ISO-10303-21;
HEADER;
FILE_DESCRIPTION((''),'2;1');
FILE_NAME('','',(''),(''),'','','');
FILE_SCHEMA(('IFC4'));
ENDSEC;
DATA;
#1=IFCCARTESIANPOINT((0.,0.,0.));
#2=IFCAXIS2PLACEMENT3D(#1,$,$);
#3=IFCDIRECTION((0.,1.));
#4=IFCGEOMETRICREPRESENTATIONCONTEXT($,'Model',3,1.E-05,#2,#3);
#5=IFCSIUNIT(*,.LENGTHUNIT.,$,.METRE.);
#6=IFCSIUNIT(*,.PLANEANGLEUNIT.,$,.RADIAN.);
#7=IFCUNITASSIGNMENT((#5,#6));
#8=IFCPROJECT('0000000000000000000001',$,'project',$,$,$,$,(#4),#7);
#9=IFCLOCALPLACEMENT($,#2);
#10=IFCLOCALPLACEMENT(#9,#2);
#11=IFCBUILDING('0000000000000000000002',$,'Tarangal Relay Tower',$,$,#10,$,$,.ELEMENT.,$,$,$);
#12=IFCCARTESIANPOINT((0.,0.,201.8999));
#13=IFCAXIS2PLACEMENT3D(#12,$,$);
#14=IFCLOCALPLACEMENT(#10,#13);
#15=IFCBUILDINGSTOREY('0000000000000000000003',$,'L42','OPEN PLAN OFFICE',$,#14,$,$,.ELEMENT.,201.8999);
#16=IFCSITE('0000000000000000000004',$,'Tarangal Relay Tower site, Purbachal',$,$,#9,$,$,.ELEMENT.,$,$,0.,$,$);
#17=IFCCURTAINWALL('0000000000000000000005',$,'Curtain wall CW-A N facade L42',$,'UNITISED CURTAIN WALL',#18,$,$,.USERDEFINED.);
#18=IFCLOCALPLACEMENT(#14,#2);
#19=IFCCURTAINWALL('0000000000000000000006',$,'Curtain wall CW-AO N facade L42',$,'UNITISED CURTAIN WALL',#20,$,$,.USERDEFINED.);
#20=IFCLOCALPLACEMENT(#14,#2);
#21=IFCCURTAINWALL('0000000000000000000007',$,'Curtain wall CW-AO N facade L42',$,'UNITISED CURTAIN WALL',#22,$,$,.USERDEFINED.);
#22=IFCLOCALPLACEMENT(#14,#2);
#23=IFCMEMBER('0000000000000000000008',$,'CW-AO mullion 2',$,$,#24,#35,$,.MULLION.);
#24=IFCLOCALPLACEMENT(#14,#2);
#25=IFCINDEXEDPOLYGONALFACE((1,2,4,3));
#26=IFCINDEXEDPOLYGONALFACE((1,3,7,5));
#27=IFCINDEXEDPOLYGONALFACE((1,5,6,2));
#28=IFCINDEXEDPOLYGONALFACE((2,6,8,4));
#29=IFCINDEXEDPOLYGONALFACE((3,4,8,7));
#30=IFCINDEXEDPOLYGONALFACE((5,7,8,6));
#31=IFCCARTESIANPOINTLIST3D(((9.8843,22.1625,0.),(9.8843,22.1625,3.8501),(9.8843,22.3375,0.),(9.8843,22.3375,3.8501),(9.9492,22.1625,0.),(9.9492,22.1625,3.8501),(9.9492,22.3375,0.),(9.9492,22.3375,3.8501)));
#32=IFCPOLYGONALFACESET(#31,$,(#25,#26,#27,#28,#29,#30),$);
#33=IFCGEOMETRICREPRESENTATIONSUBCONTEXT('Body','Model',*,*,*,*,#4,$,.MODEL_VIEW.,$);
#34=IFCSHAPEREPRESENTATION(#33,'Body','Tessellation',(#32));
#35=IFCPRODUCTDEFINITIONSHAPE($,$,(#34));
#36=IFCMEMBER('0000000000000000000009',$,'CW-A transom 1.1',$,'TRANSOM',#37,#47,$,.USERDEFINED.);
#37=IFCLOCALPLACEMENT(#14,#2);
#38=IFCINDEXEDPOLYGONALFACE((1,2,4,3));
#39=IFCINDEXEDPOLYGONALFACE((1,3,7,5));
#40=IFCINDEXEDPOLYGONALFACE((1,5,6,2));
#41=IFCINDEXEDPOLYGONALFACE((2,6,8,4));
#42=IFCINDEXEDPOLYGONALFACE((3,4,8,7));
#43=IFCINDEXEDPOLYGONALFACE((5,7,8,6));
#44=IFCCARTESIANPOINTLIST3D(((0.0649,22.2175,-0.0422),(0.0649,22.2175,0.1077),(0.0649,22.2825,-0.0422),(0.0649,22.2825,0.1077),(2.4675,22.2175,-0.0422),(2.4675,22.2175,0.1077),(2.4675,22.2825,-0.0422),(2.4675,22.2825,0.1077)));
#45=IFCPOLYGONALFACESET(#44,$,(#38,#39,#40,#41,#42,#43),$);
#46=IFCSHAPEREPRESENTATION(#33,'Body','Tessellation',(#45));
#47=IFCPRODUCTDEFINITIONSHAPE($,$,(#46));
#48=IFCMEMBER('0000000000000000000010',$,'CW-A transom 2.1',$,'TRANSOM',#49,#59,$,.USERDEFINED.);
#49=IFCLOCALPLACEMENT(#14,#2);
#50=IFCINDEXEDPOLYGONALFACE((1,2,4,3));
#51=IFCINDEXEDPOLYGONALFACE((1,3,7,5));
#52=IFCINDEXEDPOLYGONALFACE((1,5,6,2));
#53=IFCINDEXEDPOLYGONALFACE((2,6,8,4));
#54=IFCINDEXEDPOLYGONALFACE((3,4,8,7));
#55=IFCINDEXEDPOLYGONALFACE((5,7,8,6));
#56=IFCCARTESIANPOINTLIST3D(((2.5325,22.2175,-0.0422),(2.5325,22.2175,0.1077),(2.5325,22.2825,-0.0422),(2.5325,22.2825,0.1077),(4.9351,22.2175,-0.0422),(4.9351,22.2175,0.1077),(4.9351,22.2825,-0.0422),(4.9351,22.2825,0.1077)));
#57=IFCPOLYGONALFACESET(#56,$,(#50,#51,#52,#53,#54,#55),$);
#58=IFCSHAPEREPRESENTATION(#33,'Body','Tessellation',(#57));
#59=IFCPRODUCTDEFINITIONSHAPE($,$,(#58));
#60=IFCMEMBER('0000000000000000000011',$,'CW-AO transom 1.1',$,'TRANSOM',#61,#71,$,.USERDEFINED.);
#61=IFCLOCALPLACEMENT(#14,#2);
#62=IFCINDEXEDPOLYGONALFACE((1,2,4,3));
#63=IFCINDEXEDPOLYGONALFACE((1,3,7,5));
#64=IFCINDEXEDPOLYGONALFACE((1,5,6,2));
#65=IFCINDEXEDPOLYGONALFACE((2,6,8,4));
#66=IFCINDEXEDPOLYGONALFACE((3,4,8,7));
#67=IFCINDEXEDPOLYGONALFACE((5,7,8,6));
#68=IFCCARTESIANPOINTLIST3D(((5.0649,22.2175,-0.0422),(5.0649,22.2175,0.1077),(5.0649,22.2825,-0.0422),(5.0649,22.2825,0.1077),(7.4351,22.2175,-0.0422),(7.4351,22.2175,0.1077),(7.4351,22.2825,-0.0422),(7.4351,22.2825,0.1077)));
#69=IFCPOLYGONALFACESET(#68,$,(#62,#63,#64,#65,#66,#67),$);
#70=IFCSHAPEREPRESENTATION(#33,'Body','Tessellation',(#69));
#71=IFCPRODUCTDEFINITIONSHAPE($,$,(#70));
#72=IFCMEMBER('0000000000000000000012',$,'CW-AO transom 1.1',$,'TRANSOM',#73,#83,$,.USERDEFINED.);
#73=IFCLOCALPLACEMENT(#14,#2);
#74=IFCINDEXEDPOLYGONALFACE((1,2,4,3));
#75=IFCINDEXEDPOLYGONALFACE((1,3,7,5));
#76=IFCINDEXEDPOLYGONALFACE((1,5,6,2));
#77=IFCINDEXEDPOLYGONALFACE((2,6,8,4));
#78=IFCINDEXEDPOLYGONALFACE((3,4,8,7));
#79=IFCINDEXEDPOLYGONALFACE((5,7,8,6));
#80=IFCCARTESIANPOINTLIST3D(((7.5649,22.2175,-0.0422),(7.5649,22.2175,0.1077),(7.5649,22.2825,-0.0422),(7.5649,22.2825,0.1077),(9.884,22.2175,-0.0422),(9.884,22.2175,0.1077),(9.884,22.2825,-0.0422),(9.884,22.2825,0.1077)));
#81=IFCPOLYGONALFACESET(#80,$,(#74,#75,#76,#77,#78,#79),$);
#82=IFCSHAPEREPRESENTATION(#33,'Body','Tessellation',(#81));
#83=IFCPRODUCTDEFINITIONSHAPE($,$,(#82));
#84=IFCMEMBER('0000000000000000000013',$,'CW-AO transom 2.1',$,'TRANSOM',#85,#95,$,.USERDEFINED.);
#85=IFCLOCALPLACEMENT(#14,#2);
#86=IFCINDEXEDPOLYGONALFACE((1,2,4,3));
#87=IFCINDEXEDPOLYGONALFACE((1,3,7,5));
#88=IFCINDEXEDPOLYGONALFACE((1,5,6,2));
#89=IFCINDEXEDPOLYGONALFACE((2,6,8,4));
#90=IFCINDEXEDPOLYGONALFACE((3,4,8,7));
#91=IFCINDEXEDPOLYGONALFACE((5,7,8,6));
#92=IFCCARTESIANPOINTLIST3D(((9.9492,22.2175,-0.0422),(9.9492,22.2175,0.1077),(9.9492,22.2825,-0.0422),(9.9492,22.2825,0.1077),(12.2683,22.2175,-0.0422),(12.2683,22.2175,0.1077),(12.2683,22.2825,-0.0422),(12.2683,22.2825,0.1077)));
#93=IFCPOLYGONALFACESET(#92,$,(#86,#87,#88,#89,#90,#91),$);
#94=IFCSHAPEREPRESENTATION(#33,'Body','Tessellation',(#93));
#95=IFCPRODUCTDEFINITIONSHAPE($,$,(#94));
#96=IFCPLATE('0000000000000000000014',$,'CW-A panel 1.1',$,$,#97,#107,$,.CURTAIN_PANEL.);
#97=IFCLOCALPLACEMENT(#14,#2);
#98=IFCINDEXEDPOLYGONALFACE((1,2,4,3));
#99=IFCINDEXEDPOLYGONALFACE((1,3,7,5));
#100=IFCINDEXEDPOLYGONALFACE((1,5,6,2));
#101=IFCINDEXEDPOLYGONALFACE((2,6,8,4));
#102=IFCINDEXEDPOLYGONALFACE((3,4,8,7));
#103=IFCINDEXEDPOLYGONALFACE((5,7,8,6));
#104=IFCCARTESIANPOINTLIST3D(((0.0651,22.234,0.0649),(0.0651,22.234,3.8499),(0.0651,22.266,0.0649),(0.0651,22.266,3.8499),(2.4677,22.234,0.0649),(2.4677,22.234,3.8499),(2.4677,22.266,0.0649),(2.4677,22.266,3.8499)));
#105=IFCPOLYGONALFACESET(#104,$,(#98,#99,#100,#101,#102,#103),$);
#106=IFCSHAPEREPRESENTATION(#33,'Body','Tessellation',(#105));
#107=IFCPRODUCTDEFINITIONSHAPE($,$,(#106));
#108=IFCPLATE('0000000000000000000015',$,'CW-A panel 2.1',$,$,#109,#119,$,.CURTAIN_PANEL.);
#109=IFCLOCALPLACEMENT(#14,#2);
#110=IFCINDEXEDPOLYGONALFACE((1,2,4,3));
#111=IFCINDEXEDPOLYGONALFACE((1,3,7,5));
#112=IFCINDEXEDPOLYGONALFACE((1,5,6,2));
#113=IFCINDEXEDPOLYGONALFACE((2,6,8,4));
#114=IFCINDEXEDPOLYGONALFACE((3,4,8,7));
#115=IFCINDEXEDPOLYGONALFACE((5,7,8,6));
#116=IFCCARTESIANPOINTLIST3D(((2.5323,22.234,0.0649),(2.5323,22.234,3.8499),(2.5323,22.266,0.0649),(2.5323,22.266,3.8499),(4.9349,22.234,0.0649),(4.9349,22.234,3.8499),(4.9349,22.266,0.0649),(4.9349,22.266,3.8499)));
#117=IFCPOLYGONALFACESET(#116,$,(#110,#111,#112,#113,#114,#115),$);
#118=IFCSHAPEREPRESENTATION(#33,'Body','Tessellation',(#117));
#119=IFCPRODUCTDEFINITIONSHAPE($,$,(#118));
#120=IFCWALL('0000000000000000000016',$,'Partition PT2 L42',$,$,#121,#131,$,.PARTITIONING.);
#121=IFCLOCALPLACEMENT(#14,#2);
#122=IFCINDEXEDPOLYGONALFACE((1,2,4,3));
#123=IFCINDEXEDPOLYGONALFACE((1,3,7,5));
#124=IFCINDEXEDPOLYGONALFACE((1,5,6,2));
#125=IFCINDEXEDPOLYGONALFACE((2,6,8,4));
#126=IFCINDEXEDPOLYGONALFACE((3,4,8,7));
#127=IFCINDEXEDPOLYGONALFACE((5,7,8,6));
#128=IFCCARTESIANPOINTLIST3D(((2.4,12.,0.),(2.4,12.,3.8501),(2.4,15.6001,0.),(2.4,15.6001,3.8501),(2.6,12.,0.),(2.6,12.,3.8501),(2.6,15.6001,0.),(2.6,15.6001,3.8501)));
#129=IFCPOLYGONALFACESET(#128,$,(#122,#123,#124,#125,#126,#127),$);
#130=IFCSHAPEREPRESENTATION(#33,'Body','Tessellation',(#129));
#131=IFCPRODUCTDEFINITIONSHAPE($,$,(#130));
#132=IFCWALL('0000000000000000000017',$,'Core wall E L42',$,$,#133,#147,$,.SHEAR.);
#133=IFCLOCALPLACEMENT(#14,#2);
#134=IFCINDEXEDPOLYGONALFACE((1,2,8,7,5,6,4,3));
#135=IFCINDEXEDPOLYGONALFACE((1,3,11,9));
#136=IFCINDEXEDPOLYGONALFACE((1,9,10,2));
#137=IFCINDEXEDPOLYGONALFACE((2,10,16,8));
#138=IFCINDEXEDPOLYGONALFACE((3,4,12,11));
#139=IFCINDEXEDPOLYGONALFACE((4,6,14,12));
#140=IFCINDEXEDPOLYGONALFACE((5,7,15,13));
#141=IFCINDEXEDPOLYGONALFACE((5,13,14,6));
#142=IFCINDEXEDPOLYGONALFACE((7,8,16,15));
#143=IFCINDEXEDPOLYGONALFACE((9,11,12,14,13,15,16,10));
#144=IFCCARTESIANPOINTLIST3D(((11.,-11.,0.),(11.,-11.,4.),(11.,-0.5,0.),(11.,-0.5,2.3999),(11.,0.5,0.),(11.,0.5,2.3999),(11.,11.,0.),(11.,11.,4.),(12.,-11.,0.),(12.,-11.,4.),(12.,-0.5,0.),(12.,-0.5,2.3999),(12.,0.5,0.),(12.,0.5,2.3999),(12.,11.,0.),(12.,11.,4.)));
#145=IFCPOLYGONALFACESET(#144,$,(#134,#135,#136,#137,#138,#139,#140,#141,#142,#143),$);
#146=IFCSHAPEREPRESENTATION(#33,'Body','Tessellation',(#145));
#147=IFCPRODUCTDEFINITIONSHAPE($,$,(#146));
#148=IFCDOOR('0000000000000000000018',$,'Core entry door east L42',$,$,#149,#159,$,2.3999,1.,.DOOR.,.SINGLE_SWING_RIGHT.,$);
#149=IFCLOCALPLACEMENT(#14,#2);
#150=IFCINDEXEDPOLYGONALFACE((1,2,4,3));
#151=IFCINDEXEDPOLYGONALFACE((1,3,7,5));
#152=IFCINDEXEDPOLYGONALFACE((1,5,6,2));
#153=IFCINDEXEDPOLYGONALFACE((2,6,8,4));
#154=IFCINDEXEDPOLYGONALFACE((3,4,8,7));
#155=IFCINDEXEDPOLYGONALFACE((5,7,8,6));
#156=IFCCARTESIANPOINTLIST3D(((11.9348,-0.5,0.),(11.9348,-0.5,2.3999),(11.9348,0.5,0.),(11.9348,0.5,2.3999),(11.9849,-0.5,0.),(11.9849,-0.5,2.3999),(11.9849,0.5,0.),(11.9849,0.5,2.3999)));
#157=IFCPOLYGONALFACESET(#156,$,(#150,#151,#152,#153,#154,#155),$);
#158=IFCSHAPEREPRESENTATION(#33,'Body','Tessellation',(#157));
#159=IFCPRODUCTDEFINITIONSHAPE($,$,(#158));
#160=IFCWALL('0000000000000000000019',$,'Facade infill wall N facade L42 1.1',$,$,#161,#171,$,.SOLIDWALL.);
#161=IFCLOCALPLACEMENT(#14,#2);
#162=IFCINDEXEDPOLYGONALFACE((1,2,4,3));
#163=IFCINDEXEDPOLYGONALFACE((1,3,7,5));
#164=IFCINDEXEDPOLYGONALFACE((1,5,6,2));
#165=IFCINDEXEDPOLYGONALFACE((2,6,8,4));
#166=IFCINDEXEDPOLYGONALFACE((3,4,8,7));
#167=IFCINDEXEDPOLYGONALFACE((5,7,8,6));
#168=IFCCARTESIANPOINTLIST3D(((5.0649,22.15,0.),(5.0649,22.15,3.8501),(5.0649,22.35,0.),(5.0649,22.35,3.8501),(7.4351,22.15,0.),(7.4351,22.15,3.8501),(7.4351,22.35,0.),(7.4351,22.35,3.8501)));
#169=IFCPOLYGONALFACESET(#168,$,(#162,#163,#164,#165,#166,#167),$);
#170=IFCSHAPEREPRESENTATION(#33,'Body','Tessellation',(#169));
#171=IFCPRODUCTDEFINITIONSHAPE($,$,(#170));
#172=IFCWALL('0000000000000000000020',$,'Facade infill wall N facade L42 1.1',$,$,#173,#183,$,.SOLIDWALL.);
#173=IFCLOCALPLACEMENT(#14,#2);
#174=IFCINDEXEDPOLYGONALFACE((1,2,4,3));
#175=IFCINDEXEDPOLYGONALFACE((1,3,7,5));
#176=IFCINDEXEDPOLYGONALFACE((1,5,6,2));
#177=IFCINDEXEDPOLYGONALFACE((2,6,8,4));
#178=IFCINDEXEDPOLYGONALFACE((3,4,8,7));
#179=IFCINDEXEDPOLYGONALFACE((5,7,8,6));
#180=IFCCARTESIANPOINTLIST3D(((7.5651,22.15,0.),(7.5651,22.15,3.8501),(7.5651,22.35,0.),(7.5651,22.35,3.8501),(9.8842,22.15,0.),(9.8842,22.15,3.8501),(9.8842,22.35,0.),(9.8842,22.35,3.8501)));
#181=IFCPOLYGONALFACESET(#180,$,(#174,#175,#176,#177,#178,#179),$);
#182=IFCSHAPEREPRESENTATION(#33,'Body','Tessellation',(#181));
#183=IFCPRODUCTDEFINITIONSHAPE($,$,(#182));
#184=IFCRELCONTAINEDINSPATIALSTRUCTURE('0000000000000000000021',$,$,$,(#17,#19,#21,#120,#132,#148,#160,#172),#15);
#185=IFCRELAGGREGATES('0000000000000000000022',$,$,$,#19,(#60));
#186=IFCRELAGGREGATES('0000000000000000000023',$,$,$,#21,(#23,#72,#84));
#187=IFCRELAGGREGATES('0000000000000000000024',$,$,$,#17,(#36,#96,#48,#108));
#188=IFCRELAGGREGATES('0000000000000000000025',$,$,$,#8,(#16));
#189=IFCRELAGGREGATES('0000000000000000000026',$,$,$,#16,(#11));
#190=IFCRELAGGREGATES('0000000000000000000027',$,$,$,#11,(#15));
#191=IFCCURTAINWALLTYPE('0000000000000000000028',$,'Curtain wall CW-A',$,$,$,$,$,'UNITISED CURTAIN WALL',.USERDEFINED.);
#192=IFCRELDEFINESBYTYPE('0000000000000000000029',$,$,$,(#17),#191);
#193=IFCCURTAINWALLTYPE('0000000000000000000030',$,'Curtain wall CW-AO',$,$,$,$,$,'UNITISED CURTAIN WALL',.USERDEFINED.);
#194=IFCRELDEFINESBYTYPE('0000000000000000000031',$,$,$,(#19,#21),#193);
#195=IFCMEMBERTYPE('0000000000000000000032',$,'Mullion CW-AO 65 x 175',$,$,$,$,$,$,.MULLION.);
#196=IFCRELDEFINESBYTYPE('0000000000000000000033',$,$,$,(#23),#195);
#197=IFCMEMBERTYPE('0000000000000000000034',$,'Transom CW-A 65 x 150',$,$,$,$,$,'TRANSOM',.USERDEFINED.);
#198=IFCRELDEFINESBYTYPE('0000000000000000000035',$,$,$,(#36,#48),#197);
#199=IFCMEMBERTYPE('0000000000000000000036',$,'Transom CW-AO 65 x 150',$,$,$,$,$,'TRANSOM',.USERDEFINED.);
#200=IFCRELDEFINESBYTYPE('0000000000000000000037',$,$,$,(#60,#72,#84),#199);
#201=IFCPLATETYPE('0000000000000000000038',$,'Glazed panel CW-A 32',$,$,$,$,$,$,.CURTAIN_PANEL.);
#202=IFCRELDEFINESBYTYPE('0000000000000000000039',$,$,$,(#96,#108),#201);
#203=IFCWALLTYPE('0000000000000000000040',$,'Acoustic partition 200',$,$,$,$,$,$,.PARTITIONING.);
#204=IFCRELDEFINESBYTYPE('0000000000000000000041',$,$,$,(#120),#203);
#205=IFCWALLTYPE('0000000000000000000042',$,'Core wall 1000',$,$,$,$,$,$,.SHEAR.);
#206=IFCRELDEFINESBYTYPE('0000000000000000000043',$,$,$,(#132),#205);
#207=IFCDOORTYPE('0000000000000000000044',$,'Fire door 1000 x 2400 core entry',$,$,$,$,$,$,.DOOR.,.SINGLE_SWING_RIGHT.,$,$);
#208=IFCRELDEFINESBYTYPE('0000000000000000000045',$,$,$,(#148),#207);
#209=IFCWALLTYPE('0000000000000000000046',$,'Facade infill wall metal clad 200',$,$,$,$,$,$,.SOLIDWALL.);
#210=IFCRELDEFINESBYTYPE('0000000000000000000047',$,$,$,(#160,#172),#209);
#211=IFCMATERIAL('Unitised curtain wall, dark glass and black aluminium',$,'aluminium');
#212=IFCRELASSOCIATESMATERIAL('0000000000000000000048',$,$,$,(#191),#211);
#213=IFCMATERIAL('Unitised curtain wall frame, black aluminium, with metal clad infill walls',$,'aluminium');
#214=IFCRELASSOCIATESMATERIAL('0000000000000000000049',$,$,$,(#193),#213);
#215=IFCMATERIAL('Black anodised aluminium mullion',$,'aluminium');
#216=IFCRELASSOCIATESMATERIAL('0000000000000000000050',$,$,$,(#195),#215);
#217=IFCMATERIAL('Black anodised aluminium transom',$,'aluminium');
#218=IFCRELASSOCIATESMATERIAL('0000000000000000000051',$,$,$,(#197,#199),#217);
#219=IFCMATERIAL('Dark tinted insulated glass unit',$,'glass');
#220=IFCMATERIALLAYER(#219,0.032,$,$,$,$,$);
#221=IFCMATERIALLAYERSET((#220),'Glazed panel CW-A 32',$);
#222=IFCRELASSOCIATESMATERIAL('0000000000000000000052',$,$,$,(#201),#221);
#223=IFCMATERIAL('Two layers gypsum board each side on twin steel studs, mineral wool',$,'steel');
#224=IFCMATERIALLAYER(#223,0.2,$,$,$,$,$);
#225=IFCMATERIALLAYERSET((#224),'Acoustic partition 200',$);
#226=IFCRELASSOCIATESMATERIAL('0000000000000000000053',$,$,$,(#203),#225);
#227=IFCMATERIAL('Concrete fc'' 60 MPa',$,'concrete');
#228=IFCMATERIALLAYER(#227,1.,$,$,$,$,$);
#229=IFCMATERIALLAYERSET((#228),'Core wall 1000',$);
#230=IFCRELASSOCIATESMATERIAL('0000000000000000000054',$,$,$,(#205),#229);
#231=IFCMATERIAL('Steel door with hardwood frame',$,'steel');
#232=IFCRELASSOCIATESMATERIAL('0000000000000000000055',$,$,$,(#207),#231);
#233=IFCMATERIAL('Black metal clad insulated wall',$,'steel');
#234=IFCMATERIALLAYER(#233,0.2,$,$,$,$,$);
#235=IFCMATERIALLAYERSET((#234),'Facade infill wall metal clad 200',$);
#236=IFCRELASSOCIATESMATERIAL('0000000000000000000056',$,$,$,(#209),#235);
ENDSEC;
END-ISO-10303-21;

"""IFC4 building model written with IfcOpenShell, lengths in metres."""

from ifc_helpers import new_model, si_unit, direction, frame, frame_2d, origin, origin_2d, place, context, subcontext, project, spatial, rectangle, extrude, material, layer, layer_set, material_profile, profile_set, type_object, element, fill, aggregate, save


model = new_model("IFC4")

# Units and contexts
model_context = context("Model", 3, precision=1e-05, world=origin(), true_north=direction((0.0, 1.0)))
body_context = subcontext(model_context, "Body", "Model", "MODEL_VIEW")
ifc_project = project(units=[si_unit("LENGTHUNIT", "METRE"), si_unit("PLANEANGLEUNIT", "RADIAN")], contexts=[model_context])

# Site, building, storey
site_placement = place(None, origin())
site = spatial("IfcSite", under=ifc_project, at=site_placement, Name="Tarangal Relay Tower site, Purbachal", CompositionType="ELEMENT", RefElevation=0.0)
building_placement = place(site_placement, origin())
building = spatial("IfcBuilding", under=site, at=building_placement, Name="Tarangal Relay Tower", CompositionType="ELEMENT")
storey_placement = place(building_placement, frame((0.0, 0.0, 201.8999)))
storey = spatial("IfcBuildingStorey", under=building, at=storey_placement, Name="L42", Description="OPEN PLAN OFFICE", CompositionType="ELEMENT", Elevation=201.8999)

# Curtain walls, member
ifc_material_1 = material(Name="Unitised curtain wall, dark glass and black aluminium", Category="aluminium")
curtain_wall_type_1 = type_object("IfcCurtainWallType", Name="Curtain wall CW-A", ElementType="UNITISED CURTAIN WALL", PredefinedType="USERDEFINED", material=ifc_material_1)
curtain_wall_1_placement = place(storey_placement, origin())
curtain_wall_1 = element("IfcCurtainWall", 1, at=curtain_wall_1_placement, inside=storey, type_object=curtain_wall_type_1, Name="Curtain wall CW-A N facade L42", ObjectType="UNITISED CURTAIN WALL", PredefinedType="USERDEFINED")
ifc_material_2 = material(Name="Black anodised aluminium mullion", Category="aluminium")
ifc_material_3 = material(Name="Unitised curtain wall frame, black aluminium, with metal clad infill walls", Category="aluminium")
curtain_wall_type_2 = type_object("IfcCurtainWallType", Name="Curtain wall CW-AO", ElementType="UNITISED CURTAIN WALL", PredefinedType="USERDEFINED", material=ifc_material_3)
curtain_wall_2_placement = place(storey_placement, origin())
curtain_wall_2 = element("IfcCurtainWall", 2, at=curtain_wall_2_placement, inside=storey, type_object=curtain_wall_type_2, Name="Curtain wall CW-AO N facade L42", ObjectType="UNITISED CURTAIN WALL", PredefinedType="USERDEFINED")
ifc_material_profile_1 = material_profile(ifc_material_2, rectangle(XDim=0.175, YDim=0.0649, at=origin_2d()), Name="CW-AOM 65X175")
ifc_profile_set_1 = profile_set([ifc_material_profile_1], Name="Black anodised aluminium mullion")
member_type_1 = type_object("IfcMemberType", Name="Mullion CW-AO 65 x 175", PredefinedType="MULLION", material=ifc_profile_set_1)
curtain_wall_3_placement = place(storey_placement, origin())
curtain_wall_3 = element("IfcCurtainWall", 3, at=curtain_wall_3_placement, inside=storey, type_object=curtain_wall_type_2, Name="Curtain wall CW-AO N facade L42", ObjectType="UNITISED CURTAIN WALL", PredefinedType="USERDEFINED")
member_1_placement = place(storey_placement, frame((9.9167, 22.25, 0.0), z_axis=(0.0, 0.0, 1.0), x_axis=(0.0, 1.0, 0.0)))
member_1 = element("IfcMember", 4, at=member_1_placement, type_object=member_type_1, Name="CW-AO mullion 2", PredefinedType="MULLION", context=body_context, shape_type="SweptSolid", body=[
    extrude(rectangle(XDim=0.175, YDim=0.0649, at=origin_2d()), origin(), (0.0, 0.0, 1.0), 3.8501),
])

# Members
ifc_material_4 = material(Name="Black anodised aluminium transom", Category="aluminium")
ifc_material_profile_2 = material_profile(ifc_material_4, rectangle(XDim=0.0649, YDim=0.1499, at=origin_2d()), Name="CW-AT 65X150")
ifc_profile_set_2 = profile_set([ifc_material_profile_2], Name="Black anodised aluminium transom")
member_type_2 = type_object("IfcMemberType", Name="Transom CW-A 65 x 150", ElementType="TRANSOM", PredefinedType="USERDEFINED", material=ifc_profile_set_2)
member_2_placement = place(storey_placement, frame((0.0649, 22.25, 0.0327), z_axis=(1.0, 0.0, 0.0), x_axis=(0.0, 1.0, 0.0)))
member_2 = element("IfcMember", 5, at=member_2_placement, type_object=member_type_2, Name="CW-A transom 1.1", ObjectType="TRANSOM", PredefinedType="USERDEFINED", context=body_context, shape_type="SweptSolid", body=[
    extrude(rectangle(XDim=0.0649, YDim=0.1499, at=origin_2d()), origin(), (0.0, 0.0, 1.0), 2.4026),
])
member_3_placement = place(storey_placement, frame((2.5325, 22.25, 0.0327), z_axis=(1.0, 0.0, 0.0), x_axis=(0.0, 1.0, 0.0)))
member_3 = element("IfcMember", 6, at=member_3_placement, type_object=member_type_2, Name="CW-A transom 2.1", ObjectType="TRANSOM", PredefinedType="USERDEFINED", context=body_context, shape_type="SweptSolid", body=[
    extrude(rectangle(XDim=0.0649, YDim=0.1499, at=origin_2d()), origin(), (0.0, 0.0, 1.0), 2.4026),
])
ifc_material_profile_3 = material_profile(ifc_material_4, rectangle(XDim=0.0649, YDim=0.1499, at=origin_2d()), Name="CW-AOT 65X150")
ifc_profile_set_3 = profile_set([ifc_material_profile_3], Name="Black anodised aluminium transom")
member_type_3 = type_object("IfcMemberType", Name="Transom CW-AO 65 x 150", ElementType="TRANSOM", PredefinedType="USERDEFINED", material=ifc_profile_set_3)
member_4_placement = place(storey_placement, frame((5.0649, 22.25, 0.0327), z_axis=(1.0, 0.0, 0.0), x_axis=(0.0, 1.0, 0.0)))
member_4 = element("IfcMember", 7, at=member_4_placement, type_object=member_type_3, Name="CW-AO transom 1.1", ObjectType="TRANSOM", PredefinedType="USERDEFINED", context=body_context, shape_type="SweptSolid", body=[
    extrude(rectangle(XDim=0.0649, YDim=0.1499, at=origin_2d()), origin(), (0.0, 0.0, 1.0), 2.3701),
])
aggregate(curtain_wall_2, [member_4])
member_5_placement = place(storey_placement, frame((7.5649, 22.25, 0.0327), z_axis=(1.0, 0.0, 0.0), x_axis=(0.0, 1.0, 0.0)))
member_5 = element("IfcMember", 8, at=member_5_placement, type_object=member_type_3, Name="CW-AO transom 1.1", ObjectType="TRANSOM", PredefinedType="USERDEFINED", context=body_context, shape_type="SweptSolid", body=[
    extrude(rectangle(XDim=0.0649, YDim=0.1499, at=origin_2d()), origin(), (0.0, 0.0, 1.0), 2.3191),
])
member_6_placement = place(storey_placement, frame((9.9492, 22.25, 0.0327), z_axis=(1.0, 0.0, 0.0), x_axis=(0.0, 1.0, 0.0)))
member_6 = element("IfcMember", 9, at=member_6_placement, type_object=member_type_3, Name="CW-AO transom 2.1", ObjectType="TRANSOM", PredefinedType="USERDEFINED", context=body_context, shape_type="SweptSolid", body=[
    extrude(rectangle(XDim=0.0649, YDim=0.1499, at=origin_2d()), origin(), (0.0, 0.0, 1.0), 2.3191),
])
aggregate(curtain_wall_3, [member_1, member_5, member_6])

# Plates
ifc_material_5 = material(Name="Dark tinted insulated glass unit", Category="glass")
ifc_layer_1 = layer(ifc_material_5, 0.032)
ifc_layer_set_1 = layer_set([ifc_layer_1], Name="Glazed panel CW-A 32")
plate_type = type_object("IfcPlateType", Name="Glazed panel CW-A 32", PredefinedType="CURTAIN_PANEL", material=ifc_layer_set_1)
plate_1_placement = place(storey_placement, frame((1.2664, 22.25, 0.0649), z_axis=(0.0, 0.0, 1.0), x_axis=(1.0, 0.0, 0.0)))
plate_1 = element("IfcPlate", 10, at=plate_1_placement, type_object=plate_type, Name="CW-A panel 1.1", PredefinedType="CURTAIN_PANEL", context=body_context, shape_type="SweptSolid", body=[
    extrude(rectangle(XDim=2.4026, YDim=0.032, at=origin_2d()), origin(), (0.0, 0.0, 1.0), 3.7849),
])
plate_2_placement = place(storey_placement, frame((3.7336, 22.25, 0.0649), z_axis=(0.0, 0.0, 1.0), x_axis=(1.0, 0.0, 0.0)))
plate_2 = element("IfcPlate", 11, at=plate_2_placement, type_object=plate_type, Name="CW-A panel 2.1", PredefinedType="CURTAIN_PANEL", context=body_context, shape_type="SweptSolid", body=[
    extrude(rectangle(XDim=2.4026, YDim=0.032, at=origin_2d()), origin(), (0.0, 0.0, 1.0), 3.7849),
])
aggregate(curtain_wall_1, [member_2, plate_1, member_3, plate_2])

# Wall
ifc_material_6 = material(Name="Two layers gypsum board each side on twin steel studs, mineral wool", Category="steel")
ifc_layer_2 = layer(ifc_material_6, 0.2)
ifc_layer_set_2 = layer_set([ifc_layer_2], Name="Acoustic partition 200")
wall_type_1 = type_object("IfcWallType", Name="Acoustic partition 200", PredefinedType="PARTITIONING", material=ifc_layer_set_2)
wall_1_placement = place(storey_placement, frame((2.5, 12.0, 0.0), z_axis=(0.0, 0.0, 1.0), x_axis=(0.0, 1.0, 0.0)))
element("IfcWall", 12, at=wall_1_placement, inside=storey, type_object=wall_type_1, Name="Partition PT2 L42", PredefinedType="PARTITIONING", context=body_context, shape_type="SweptSolid", body=[
    extrude(rectangle(XDim=3.6001, YDim=0.2, at=frame_2d((1.8, 0.0))), origin(), (0.0, 0.0, 1.0), 3.8501),
])

# Wall, opening, door
ifc_material_7 = material(Name="Concrete fc' 60 MPa", Category="concrete")
ifc_layer_3 = layer(ifc_material_7, 1.0)
ifc_layer_set_3 = layer_set([ifc_layer_3], Name="Core wall 1000")
wall_type_2 = type_object("IfcWallType", Name="Core wall 1000", PredefinedType="SHEAR", material=ifc_layer_set_3)
wall_2_placement = place(storey_placement, frame((11.5, 11.0, 0.0), z_axis=(0.0, 0.0, 1.0), x_axis=(0.0, -1.0, 0.0)))
wall_2 = element("IfcWall", 13, at=wall_2_placement, inside=storey, type_object=wall_type_2, Name="Core wall E L42", PredefinedType="SHEAR", context=body_context, shape_type="SweptSolid", body=[
    extrude(rectangle(XDim=22.0, YDim=1.0, at=frame_2d((11.0, 0.0))), origin(), (0.0, 0.0, 1.0), 4.0),
])
opening_1_placement = place(wall_2_placement, frame((10.5, 0.0, 0.0)))
opening_1 = element("IfcOpeningElement", 14, at=opening_1_placement, cuts=wall_2, PredefinedType="OPENING", context=body_context, shape_type="SweptSolid", body=[
    extrude(rectangle(XDim=1.0, YDim=2.3999, at=frame_2d((0.5, 1.2))), frame((0.0, 0.51, 0.0), z_axis=(0.0, -1.0, 0.0), x_axis=(1.0, 0.0, 0.0)), (0.0, 0.0, 1.0), 1.02),
])
ifc_material_8 = material(Name="Steel door with hardwood frame", Category="steel")
door_type_1 = type_object("IfcDoorType", Name="Fire door 1000 x 2400 core entry", OperationType="SINGLE_SWING_RIGHT", PredefinedType="DOOR", material=ifc_material_8)
door_1_placement = place(opening_1_placement, origin())
door_1 = element("IfcDoor", 15, at=door_1_placement, inside=storey, type_object=door_type_1, Name="Core entry door east L42", OperationType="SINGLE_SWING_RIGHT", OverallHeight=2.3999, OverallWidth=1.0, PredefinedType="DOOR", context=body_context, shape_type="SweptSolid", body=[
    extrude(rectangle(XDim=1.0, YDim=2.3999, at=frame_2d((0.5, 1.2))), frame((0.0, 0.4849, 0.0), z_axis=(0.0, -1.0, 0.0), x_axis=(1.0, 0.0, 0.0)), (0.0, 0.0, 1.0), 0.05),
])
fill(opening_1, door_1)

# Walls
ifc_material_9 = material(Name="Black metal clad insulated wall", Category="steel")
ifc_layer_4 = layer(ifc_material_9, 0.2)
ifc_layer_set_4 = layer_set([ifc_layer_4], Name="Facade infill wall metal clad 200")
wall_type_3 = type_object("IfcWallType", Name="Facade infill wall metal clad 200", PredefinedType="SOLIDWALL", material=ifc_layer_set_4)
wall_3_placement = place(storey_placement, frame((5.0649, 22.25, 0.0), z_axis=(0.0, 0.0, 1.0), x_axis=(1.0, 0.0, 0.0)))
element("IfcWall", 16, at=wall_3_placement, inside=storey, type_object=wall_type_3, Name="Facade infill wall N facade L42 1.1", PredefinedType="SOLIDWALL", context=body_context, shape_type="SweptSolid", body=[
    extrude(rectangle(XDim=2.3701, YDim=0.2, at=frame_2d((1.1851, 0.0))), origin(), (0.0, 0.0, 1.0), 3.8501),
])
for number, where, z_axis, x_axis, name in (
    (17, (7.5649, 22.25, 0.0), (0.0, 0.0, 1.0), (1.0, 0.0, 0.0), "Facade infill wall N facade L42 1.1"),
):
    element("IfcWall", number, at=place(storey_placement, frame(where, z_axis=z_axis, x_axis=x_axis)), inside=storey, type_object=wall_type_3, Name=name, PredefinedType="SOLIDWALL", context=body_context, shape_type="SweptSolid", body=[
        extrude(rectangle(XDim=2.3191, YDim=0.2, at=frame_2d((1.1597, 0.0))), origin(), (0.0, 0.0, 1.0), 3.8501),
    ])

save(model, "model.ifc")
